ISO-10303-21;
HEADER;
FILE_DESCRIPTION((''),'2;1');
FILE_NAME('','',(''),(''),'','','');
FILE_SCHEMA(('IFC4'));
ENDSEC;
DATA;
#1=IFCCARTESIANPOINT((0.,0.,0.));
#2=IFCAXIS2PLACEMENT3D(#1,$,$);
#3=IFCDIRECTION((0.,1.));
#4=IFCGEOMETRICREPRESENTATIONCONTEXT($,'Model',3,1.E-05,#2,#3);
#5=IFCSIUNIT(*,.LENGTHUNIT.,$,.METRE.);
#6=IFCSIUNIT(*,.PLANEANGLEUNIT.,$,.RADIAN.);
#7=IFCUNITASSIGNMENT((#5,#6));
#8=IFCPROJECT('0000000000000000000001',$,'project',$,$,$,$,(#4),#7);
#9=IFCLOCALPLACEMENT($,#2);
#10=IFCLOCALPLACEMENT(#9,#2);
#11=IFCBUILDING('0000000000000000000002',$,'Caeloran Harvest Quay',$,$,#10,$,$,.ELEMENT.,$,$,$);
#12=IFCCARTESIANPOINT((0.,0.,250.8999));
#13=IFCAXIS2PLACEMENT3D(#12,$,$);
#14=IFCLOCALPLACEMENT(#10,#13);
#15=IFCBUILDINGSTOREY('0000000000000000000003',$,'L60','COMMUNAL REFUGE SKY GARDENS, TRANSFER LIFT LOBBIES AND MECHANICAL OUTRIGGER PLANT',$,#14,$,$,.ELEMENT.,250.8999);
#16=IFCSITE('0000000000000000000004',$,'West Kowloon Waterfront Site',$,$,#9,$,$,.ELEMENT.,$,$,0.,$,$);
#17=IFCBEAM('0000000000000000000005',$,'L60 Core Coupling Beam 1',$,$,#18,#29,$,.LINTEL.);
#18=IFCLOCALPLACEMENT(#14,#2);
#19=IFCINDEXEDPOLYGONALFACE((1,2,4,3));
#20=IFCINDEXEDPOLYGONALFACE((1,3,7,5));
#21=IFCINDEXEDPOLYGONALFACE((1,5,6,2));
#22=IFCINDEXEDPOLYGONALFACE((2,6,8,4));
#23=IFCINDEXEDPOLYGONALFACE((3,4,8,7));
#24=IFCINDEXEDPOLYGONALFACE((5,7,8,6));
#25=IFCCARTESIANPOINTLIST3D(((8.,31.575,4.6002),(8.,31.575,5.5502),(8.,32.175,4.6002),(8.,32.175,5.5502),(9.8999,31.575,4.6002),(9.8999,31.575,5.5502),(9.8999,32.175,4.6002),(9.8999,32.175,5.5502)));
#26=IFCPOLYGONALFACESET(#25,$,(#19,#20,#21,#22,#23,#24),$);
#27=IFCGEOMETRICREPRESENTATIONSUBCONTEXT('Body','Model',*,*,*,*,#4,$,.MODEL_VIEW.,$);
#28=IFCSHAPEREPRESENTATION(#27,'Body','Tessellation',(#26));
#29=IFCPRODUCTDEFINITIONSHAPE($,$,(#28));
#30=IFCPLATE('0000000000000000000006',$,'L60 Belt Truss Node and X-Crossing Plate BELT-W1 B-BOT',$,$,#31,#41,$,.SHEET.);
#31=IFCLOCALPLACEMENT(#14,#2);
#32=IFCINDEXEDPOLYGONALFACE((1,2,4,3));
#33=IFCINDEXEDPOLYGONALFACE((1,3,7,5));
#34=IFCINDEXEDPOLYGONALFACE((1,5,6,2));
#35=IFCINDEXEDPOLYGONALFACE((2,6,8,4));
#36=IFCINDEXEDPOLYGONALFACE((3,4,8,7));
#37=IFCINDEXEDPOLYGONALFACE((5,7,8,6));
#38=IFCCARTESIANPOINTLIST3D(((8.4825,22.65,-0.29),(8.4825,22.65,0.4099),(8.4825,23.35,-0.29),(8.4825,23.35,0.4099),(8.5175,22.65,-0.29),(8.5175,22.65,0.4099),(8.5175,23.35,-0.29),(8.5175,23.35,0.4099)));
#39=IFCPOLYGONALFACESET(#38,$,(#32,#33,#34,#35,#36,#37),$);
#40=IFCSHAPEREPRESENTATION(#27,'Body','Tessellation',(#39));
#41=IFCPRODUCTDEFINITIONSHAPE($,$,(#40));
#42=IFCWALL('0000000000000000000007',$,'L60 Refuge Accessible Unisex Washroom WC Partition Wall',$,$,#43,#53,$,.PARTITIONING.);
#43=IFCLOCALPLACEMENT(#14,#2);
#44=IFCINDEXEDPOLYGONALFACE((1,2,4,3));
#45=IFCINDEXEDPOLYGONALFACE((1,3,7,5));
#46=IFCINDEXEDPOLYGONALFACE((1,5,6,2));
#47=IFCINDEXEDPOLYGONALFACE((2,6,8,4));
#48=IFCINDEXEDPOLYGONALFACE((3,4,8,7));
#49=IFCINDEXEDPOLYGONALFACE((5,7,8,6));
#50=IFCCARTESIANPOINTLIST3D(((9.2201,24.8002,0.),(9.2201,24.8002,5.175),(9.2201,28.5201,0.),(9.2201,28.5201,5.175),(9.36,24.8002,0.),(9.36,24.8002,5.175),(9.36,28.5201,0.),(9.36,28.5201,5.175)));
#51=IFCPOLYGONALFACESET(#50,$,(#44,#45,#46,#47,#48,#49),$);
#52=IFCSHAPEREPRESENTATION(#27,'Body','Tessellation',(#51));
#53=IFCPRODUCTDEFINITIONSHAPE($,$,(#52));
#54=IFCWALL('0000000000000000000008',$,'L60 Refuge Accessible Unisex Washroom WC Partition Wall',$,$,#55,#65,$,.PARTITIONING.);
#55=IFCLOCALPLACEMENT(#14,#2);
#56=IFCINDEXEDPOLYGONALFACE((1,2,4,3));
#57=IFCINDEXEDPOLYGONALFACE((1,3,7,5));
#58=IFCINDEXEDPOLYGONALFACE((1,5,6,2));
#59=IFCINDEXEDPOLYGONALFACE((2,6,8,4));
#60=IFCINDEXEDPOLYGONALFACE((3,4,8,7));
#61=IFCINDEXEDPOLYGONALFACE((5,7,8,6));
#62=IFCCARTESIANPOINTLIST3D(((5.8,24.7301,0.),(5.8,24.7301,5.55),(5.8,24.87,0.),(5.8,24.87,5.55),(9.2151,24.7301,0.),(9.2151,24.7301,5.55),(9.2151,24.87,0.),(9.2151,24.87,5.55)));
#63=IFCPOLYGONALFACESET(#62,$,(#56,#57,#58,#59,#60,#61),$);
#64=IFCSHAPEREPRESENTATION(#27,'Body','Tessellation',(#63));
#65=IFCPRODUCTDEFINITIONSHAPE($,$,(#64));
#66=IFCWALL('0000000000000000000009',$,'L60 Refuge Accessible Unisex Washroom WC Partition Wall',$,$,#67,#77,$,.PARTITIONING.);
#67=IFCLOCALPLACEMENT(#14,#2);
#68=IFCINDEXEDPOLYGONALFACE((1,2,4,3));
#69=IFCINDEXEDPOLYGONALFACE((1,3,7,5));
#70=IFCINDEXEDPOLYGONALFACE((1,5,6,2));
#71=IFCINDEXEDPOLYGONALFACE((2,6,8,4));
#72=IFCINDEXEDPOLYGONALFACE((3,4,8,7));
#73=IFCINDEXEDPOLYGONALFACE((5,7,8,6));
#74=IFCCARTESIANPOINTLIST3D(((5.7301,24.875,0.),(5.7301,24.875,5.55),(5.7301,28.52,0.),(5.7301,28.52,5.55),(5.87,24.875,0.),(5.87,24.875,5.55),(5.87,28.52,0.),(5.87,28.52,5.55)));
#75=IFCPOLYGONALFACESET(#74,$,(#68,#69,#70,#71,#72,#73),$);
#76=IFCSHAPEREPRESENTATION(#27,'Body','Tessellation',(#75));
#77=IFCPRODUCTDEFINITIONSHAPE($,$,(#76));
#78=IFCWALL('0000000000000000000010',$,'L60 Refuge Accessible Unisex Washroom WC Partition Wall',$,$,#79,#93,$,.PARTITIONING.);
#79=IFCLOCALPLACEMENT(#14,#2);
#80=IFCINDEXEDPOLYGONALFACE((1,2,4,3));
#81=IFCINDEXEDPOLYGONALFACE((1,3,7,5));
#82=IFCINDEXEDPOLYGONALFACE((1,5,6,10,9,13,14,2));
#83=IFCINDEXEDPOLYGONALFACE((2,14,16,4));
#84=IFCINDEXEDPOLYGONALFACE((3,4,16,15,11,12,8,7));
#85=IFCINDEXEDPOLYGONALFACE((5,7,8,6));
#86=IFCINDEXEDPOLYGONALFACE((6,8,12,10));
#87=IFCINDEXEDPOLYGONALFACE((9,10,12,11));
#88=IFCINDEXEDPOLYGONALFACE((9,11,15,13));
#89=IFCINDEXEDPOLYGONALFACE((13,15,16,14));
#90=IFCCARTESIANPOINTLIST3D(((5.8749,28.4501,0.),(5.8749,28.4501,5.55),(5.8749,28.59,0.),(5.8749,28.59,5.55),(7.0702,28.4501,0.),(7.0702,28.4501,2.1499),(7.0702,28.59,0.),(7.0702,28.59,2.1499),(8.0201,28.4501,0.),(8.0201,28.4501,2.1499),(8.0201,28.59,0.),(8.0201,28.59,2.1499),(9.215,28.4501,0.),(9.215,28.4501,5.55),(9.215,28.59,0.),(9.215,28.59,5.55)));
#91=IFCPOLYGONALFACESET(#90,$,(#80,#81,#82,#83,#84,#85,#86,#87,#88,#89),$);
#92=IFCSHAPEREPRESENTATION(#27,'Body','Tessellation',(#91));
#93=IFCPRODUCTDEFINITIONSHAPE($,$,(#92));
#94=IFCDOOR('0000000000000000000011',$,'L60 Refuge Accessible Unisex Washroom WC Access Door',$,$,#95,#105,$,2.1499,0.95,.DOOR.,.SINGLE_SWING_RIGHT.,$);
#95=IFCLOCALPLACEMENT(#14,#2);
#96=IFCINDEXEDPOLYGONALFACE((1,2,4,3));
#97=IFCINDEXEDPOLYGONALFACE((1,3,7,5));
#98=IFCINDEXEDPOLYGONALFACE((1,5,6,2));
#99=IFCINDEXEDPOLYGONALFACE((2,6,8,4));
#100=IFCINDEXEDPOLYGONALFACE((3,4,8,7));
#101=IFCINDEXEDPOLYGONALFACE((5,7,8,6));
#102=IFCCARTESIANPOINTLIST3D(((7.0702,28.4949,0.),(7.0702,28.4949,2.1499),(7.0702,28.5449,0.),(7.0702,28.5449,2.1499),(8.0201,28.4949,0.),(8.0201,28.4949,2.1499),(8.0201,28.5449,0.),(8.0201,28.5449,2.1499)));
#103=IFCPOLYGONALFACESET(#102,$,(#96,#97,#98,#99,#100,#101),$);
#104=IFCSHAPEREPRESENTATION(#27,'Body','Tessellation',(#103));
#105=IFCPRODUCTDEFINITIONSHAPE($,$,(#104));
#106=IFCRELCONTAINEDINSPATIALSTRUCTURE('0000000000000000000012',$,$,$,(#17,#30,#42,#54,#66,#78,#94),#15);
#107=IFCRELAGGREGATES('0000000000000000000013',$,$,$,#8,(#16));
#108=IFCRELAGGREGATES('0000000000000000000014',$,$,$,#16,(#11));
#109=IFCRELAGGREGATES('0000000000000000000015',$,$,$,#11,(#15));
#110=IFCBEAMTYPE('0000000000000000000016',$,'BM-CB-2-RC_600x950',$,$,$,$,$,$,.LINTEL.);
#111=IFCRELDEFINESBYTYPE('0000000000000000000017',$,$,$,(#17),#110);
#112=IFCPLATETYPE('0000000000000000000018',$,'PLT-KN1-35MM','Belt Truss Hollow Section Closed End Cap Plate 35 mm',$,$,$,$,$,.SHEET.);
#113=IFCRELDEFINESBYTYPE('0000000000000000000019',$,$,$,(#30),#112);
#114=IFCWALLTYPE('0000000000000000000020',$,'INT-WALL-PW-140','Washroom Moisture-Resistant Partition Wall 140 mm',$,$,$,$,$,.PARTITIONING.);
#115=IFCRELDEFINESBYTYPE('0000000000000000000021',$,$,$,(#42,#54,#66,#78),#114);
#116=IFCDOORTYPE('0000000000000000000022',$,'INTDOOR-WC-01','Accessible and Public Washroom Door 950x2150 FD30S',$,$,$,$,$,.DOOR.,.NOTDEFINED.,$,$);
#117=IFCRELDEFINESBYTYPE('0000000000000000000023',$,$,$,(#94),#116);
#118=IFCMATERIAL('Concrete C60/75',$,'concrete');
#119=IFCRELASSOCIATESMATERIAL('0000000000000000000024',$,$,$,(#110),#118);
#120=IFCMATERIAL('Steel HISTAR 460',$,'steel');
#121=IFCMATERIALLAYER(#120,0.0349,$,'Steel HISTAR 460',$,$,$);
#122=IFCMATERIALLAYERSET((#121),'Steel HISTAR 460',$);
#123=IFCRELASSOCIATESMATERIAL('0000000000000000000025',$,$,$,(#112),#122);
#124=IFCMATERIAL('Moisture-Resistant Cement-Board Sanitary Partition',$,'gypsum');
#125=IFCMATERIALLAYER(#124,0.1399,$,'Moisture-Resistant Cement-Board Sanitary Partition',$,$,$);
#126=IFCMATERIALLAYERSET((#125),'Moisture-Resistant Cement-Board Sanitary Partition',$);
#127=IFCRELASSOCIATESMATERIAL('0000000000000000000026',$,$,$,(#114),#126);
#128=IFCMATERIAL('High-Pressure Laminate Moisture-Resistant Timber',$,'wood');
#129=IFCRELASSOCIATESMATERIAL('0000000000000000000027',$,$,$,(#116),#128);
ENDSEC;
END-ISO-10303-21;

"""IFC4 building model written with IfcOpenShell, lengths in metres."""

from ifc_helpers import new_model, si_unit, direction, frame, frame_2d, origin, origin_2d, place, context, subcontext, project, spatial, rectangle, extrude, material, layer, layer_set, material_profile, profile_set, type_object, element, fill, save


model = new_model("IFC4")

# Units and contexts
model_context = context("Model", 3, precision=1e-05, world=origin(), true_north=direction((0.0, 1.0)))
body_context = subcontext(model_context, "Body", "Model", "MODEL_VIEW")
ifc_project = project(units=[si_unit("LENGTHUNIT", "METRE"), si_unit("PLANEANGLEUNIT", "RADIAN")], contexts=[model_context])

# Site, building, storey
site_placement = place(None, origin())
site = spatial("IfcSite", under=ifc_project, at=site_placement, Name="West Kowloon Waterfront Site", CompositionType="ELEMENT", RefElevation=0.0)
building_placement = place(site_placement, origin())
building = spatial("IfcBuilding", under=site, at=building_placement, Name="Caeloran Harvest Quay", CompositionType="ELEMENT")
storey_placement = place(building_placement, frame((0.0, 0.0, 250.8999)))
storey = spatial("IfcBuildingStorey", under=building, at=storey_placement, Name="L60", Description="COMMUNAL REFUGE SKY GARDENS, TRANSFER LIFT LOBBIES AND MECHANICAL OUTRIGGER PLANT", CompositionType="ELEMENT", Elevation=250.8999)

# Beam
ifc_material_1 = material(Name="Concrete C60/75", Category="concrete")
ifc_material_profile = material_profile(ifc_material_1, rectangle(XDim=0.6001, YDim=0.95, at=origin_2d()), Name="RC 600x950")
ifc_profile_set = profile_set([ifc_material_profile], Name="Concrete C60/75")
beam_type = type_object("IfcBeamType", Name="BM-CB-2-RC_600x950", PredefinedType="LINTEL", material=ifc_profile_set)
beam_placement = place(storey_placement, frame((8.0, 31.875, 5.0752), z_axis=(1.0, 0.0, 0.0), x_axis=(0.0, 1.0, 0.0)))
element("IfcBeam", 1, at=beam_placement, inside=storey, type_object=beam_type, Name="L60 Core Coupling Beam 1", PredefinedType="LINTEL", context=body_context, shape_type="SweptSolid", body=[
    extrude(rectangle(XDim=0.6001, YDim=0.95, at=origin_2d()), origin(), (0.0, 0.0, 1.0), 1.8999),
])

# Plate
ifc_material_2 = material(Name="Steel HISTAR 460", Category="steel")
ifc_layer_1 = layer(ifc_material_2, 0.0349, Name="Steel HISTAR 460")
ifc_layer_set_1 = layer_set([ifc_layer_1], Name="Steel HISTAR 460")
plate_type = type_object("IfcPlateType", Name="PLT-KN1-35MM", Description="Belt Truss Hollow Section Closed End Cap Plate 35 mm", PredefinedType="SHEET", material=ifc_layer_set_1)
plate_placement = place(storey_placement, frame((8.5, 23.0, -0.29), z_axis=(0.0, 0.0, 1.0), x_axis=(0.0, 1.0, 0.0)))
element("IfcPlate", 2, at=plate_placement, inside=storey, type_object=plate_type, Name="L60 Belt Truss Node and X-Crossing Plate BELT-W1 B-BOT", PredefinedType="SHEET", context=body_context, shape_type="SweptSolid", body=[
    extrude(rectangle(XDim=0.7, YDim=0.0349, at=origin_2d()), origin(), (0.0, 0.0, 1.0), 0.7),
])

# Walls
ifc_material_3 = material(Name="Moisture-Resistant Cement-Board Sanitary Partition", Category="gypsum")
ifc_layer_2 = layer(ifc_material_3, 0.1399, Name="Moisture-Resistant Cement-Board Sanitary Partition")
ifc_layer_set_2 = layer_set([ifc_layer_2], Name="Moisture-Resistant Cement-Board Sanitary Partition")
wall_type_1 = type_object("IfcWallType", Name="INT-WALL-PW-140", Description="Washroom Moisture-Resistant Partition Wall 140 mm", PredefinedType="PARTITIONING", material=ifc_layer_set_2)
wall_1_placement = place(storey_placement, frame((9.29, 28.52, 0.0), z_axis=(0.0, 0.0, 1.0), x_axis=(0.0, -1.0, 0.0)))
element("IfcWall", 3, at=wall_1_placement, inside=storey, type_object=wall_type_1, Name="L60 Refuge Accessible Unisex Washroom WC Partition Wall", PredefinedType="PARTITIONING", context=body_context, shape_type="SweptSolid", body=[
    extrude(rectangle(XDim=3.72, YDim=0.1399, at=frame_2d((1.8599, 0.0))), origin(), (0.0, 0.0, 1.0), 5.175),
])
wall_2_placement = place(storey_placement, frame((9.2151, 24.8, 0.0), z_axis=(0.0, 0.0, 1.0), x_axis=(-1.0, 0.0, 0.0)))
element("IfcWall", 4, at=wall_2_placement, inside=storey, type_object=wall_type_1, Name="L60 Refuge Accessible Unisex Washroom WC Partition Wall", PredefinedType="PARTITIONING", context=body_context, shape_type="SweptSolid", body=[
    extrude(rectangle(XDim=3.415, YDim=0.1399, at=frame_2d((1.7075, 0.0))), origin(), (0.0, 0.0, 1.0), 5.55),
])
wall_3_placement = place(storey_placement, frame((5.8, 24.875, 0.0), z_axis=(0.0, 0.0, 1.0), x_axis=(0.0, 1.0, 0.0)))
element("IfcWall", 5, at=wall_3_placement, inside=storey, type_object=wall_type_1, Name="L60 Refuge Accessible Unisex Washroom WC Partition Wall", PredefinedType="PARTITIONING", context=body_context, shape_type="SweptSolid", body=[
    extrude(rectangle(XDim=3.645, YDim=0.1399, at=frame_2d((1.8225, 0.0))), origin(), (0.0, 0.0, 1.0), 5.55),
])

# Wall, opening, door
wall_4_placement = place(storey_placement, frame((5.875, 28.52, 0.0), z_axis=(0.0, 0.0, 1.0), x_axis=(1.0, 0.0, 0.0)))
wall_4 = element("IfcWall", 6, at=wall_4_placement, inside=storey, type_object=wall_type_1, Name="L60 Refuge Accessible Unisex Washroom WC Partition Wall", PredefinedType="PARTITIONING", context=body_context, shape_type="SweptSolid", body=[
    extrude(rectangle(XDim=3.3401, YDim=0.1399, at=frame_2d((1.6699, 0.0))), origin(), (0.0, 0.0, 1.0), 5.55),
])
opening_1_placement = place(wall_4_placement, frame((1.1951, 0.0, 0.0)))
opening_1 = element("IfcOpeningElement", 7, at=opening_1_placement, cuts=wall_4, PredefinedType="OPENING", context=body_context, shape_type="SweptSolid", body=[
    extrude(rectangle(XDim=0.95, YDim=2.1499, at=frame_2d((0.4751, 1.075))), frame((0.0, 0.0801, 0.0), z_axis=(0.0, -1.0, 0.0), x_axis=(1.0, 0.0, 0.0)), (0.0, 0.0, 1.0), 0.1599),
])
ifc_material_4 = material(Name="High-Pressure Laminate Moisture-Resistant Timber", Category="wood")
door_type_1 = type_object("IfcDoorType", Name="INTDOOR-WC-01", Description="Accessible and Public Washroom Door 950x2150 FD30S", OperationType="NOTDEFINED", PredefinedType="DOOR", material=ifc_material_4)
door_1_placement = place(opening_1_placement, origin())
door_1 = element("IfcDoor", 8, at=door_1_placement, inside=storey, type_object=door_type_1, Name="L60 Refuge Accessible Unisex Washroom WC Access Door", OperationType="SINGLE_SWING_RIGHT", OverallHeight=2.1499, OverallWidth=0.95, PredefinedType="DOOR", context=body_context, shape_type="SweptSolid", body=[
    extrude(rectangle(XDim=0.95, YDim=2.1499, at=frame_2d((0.4751, 1.075))), frame((0.0, 0.0249, 0.0), z_axis=(0.0, -1.0, 0.0), x_axis=(1.0, 0.0, 0.0)), (0.0, 0.0, 1.0), 0.05),
])
fill(opening_1, door_1)

save(model, "model.ifc")
